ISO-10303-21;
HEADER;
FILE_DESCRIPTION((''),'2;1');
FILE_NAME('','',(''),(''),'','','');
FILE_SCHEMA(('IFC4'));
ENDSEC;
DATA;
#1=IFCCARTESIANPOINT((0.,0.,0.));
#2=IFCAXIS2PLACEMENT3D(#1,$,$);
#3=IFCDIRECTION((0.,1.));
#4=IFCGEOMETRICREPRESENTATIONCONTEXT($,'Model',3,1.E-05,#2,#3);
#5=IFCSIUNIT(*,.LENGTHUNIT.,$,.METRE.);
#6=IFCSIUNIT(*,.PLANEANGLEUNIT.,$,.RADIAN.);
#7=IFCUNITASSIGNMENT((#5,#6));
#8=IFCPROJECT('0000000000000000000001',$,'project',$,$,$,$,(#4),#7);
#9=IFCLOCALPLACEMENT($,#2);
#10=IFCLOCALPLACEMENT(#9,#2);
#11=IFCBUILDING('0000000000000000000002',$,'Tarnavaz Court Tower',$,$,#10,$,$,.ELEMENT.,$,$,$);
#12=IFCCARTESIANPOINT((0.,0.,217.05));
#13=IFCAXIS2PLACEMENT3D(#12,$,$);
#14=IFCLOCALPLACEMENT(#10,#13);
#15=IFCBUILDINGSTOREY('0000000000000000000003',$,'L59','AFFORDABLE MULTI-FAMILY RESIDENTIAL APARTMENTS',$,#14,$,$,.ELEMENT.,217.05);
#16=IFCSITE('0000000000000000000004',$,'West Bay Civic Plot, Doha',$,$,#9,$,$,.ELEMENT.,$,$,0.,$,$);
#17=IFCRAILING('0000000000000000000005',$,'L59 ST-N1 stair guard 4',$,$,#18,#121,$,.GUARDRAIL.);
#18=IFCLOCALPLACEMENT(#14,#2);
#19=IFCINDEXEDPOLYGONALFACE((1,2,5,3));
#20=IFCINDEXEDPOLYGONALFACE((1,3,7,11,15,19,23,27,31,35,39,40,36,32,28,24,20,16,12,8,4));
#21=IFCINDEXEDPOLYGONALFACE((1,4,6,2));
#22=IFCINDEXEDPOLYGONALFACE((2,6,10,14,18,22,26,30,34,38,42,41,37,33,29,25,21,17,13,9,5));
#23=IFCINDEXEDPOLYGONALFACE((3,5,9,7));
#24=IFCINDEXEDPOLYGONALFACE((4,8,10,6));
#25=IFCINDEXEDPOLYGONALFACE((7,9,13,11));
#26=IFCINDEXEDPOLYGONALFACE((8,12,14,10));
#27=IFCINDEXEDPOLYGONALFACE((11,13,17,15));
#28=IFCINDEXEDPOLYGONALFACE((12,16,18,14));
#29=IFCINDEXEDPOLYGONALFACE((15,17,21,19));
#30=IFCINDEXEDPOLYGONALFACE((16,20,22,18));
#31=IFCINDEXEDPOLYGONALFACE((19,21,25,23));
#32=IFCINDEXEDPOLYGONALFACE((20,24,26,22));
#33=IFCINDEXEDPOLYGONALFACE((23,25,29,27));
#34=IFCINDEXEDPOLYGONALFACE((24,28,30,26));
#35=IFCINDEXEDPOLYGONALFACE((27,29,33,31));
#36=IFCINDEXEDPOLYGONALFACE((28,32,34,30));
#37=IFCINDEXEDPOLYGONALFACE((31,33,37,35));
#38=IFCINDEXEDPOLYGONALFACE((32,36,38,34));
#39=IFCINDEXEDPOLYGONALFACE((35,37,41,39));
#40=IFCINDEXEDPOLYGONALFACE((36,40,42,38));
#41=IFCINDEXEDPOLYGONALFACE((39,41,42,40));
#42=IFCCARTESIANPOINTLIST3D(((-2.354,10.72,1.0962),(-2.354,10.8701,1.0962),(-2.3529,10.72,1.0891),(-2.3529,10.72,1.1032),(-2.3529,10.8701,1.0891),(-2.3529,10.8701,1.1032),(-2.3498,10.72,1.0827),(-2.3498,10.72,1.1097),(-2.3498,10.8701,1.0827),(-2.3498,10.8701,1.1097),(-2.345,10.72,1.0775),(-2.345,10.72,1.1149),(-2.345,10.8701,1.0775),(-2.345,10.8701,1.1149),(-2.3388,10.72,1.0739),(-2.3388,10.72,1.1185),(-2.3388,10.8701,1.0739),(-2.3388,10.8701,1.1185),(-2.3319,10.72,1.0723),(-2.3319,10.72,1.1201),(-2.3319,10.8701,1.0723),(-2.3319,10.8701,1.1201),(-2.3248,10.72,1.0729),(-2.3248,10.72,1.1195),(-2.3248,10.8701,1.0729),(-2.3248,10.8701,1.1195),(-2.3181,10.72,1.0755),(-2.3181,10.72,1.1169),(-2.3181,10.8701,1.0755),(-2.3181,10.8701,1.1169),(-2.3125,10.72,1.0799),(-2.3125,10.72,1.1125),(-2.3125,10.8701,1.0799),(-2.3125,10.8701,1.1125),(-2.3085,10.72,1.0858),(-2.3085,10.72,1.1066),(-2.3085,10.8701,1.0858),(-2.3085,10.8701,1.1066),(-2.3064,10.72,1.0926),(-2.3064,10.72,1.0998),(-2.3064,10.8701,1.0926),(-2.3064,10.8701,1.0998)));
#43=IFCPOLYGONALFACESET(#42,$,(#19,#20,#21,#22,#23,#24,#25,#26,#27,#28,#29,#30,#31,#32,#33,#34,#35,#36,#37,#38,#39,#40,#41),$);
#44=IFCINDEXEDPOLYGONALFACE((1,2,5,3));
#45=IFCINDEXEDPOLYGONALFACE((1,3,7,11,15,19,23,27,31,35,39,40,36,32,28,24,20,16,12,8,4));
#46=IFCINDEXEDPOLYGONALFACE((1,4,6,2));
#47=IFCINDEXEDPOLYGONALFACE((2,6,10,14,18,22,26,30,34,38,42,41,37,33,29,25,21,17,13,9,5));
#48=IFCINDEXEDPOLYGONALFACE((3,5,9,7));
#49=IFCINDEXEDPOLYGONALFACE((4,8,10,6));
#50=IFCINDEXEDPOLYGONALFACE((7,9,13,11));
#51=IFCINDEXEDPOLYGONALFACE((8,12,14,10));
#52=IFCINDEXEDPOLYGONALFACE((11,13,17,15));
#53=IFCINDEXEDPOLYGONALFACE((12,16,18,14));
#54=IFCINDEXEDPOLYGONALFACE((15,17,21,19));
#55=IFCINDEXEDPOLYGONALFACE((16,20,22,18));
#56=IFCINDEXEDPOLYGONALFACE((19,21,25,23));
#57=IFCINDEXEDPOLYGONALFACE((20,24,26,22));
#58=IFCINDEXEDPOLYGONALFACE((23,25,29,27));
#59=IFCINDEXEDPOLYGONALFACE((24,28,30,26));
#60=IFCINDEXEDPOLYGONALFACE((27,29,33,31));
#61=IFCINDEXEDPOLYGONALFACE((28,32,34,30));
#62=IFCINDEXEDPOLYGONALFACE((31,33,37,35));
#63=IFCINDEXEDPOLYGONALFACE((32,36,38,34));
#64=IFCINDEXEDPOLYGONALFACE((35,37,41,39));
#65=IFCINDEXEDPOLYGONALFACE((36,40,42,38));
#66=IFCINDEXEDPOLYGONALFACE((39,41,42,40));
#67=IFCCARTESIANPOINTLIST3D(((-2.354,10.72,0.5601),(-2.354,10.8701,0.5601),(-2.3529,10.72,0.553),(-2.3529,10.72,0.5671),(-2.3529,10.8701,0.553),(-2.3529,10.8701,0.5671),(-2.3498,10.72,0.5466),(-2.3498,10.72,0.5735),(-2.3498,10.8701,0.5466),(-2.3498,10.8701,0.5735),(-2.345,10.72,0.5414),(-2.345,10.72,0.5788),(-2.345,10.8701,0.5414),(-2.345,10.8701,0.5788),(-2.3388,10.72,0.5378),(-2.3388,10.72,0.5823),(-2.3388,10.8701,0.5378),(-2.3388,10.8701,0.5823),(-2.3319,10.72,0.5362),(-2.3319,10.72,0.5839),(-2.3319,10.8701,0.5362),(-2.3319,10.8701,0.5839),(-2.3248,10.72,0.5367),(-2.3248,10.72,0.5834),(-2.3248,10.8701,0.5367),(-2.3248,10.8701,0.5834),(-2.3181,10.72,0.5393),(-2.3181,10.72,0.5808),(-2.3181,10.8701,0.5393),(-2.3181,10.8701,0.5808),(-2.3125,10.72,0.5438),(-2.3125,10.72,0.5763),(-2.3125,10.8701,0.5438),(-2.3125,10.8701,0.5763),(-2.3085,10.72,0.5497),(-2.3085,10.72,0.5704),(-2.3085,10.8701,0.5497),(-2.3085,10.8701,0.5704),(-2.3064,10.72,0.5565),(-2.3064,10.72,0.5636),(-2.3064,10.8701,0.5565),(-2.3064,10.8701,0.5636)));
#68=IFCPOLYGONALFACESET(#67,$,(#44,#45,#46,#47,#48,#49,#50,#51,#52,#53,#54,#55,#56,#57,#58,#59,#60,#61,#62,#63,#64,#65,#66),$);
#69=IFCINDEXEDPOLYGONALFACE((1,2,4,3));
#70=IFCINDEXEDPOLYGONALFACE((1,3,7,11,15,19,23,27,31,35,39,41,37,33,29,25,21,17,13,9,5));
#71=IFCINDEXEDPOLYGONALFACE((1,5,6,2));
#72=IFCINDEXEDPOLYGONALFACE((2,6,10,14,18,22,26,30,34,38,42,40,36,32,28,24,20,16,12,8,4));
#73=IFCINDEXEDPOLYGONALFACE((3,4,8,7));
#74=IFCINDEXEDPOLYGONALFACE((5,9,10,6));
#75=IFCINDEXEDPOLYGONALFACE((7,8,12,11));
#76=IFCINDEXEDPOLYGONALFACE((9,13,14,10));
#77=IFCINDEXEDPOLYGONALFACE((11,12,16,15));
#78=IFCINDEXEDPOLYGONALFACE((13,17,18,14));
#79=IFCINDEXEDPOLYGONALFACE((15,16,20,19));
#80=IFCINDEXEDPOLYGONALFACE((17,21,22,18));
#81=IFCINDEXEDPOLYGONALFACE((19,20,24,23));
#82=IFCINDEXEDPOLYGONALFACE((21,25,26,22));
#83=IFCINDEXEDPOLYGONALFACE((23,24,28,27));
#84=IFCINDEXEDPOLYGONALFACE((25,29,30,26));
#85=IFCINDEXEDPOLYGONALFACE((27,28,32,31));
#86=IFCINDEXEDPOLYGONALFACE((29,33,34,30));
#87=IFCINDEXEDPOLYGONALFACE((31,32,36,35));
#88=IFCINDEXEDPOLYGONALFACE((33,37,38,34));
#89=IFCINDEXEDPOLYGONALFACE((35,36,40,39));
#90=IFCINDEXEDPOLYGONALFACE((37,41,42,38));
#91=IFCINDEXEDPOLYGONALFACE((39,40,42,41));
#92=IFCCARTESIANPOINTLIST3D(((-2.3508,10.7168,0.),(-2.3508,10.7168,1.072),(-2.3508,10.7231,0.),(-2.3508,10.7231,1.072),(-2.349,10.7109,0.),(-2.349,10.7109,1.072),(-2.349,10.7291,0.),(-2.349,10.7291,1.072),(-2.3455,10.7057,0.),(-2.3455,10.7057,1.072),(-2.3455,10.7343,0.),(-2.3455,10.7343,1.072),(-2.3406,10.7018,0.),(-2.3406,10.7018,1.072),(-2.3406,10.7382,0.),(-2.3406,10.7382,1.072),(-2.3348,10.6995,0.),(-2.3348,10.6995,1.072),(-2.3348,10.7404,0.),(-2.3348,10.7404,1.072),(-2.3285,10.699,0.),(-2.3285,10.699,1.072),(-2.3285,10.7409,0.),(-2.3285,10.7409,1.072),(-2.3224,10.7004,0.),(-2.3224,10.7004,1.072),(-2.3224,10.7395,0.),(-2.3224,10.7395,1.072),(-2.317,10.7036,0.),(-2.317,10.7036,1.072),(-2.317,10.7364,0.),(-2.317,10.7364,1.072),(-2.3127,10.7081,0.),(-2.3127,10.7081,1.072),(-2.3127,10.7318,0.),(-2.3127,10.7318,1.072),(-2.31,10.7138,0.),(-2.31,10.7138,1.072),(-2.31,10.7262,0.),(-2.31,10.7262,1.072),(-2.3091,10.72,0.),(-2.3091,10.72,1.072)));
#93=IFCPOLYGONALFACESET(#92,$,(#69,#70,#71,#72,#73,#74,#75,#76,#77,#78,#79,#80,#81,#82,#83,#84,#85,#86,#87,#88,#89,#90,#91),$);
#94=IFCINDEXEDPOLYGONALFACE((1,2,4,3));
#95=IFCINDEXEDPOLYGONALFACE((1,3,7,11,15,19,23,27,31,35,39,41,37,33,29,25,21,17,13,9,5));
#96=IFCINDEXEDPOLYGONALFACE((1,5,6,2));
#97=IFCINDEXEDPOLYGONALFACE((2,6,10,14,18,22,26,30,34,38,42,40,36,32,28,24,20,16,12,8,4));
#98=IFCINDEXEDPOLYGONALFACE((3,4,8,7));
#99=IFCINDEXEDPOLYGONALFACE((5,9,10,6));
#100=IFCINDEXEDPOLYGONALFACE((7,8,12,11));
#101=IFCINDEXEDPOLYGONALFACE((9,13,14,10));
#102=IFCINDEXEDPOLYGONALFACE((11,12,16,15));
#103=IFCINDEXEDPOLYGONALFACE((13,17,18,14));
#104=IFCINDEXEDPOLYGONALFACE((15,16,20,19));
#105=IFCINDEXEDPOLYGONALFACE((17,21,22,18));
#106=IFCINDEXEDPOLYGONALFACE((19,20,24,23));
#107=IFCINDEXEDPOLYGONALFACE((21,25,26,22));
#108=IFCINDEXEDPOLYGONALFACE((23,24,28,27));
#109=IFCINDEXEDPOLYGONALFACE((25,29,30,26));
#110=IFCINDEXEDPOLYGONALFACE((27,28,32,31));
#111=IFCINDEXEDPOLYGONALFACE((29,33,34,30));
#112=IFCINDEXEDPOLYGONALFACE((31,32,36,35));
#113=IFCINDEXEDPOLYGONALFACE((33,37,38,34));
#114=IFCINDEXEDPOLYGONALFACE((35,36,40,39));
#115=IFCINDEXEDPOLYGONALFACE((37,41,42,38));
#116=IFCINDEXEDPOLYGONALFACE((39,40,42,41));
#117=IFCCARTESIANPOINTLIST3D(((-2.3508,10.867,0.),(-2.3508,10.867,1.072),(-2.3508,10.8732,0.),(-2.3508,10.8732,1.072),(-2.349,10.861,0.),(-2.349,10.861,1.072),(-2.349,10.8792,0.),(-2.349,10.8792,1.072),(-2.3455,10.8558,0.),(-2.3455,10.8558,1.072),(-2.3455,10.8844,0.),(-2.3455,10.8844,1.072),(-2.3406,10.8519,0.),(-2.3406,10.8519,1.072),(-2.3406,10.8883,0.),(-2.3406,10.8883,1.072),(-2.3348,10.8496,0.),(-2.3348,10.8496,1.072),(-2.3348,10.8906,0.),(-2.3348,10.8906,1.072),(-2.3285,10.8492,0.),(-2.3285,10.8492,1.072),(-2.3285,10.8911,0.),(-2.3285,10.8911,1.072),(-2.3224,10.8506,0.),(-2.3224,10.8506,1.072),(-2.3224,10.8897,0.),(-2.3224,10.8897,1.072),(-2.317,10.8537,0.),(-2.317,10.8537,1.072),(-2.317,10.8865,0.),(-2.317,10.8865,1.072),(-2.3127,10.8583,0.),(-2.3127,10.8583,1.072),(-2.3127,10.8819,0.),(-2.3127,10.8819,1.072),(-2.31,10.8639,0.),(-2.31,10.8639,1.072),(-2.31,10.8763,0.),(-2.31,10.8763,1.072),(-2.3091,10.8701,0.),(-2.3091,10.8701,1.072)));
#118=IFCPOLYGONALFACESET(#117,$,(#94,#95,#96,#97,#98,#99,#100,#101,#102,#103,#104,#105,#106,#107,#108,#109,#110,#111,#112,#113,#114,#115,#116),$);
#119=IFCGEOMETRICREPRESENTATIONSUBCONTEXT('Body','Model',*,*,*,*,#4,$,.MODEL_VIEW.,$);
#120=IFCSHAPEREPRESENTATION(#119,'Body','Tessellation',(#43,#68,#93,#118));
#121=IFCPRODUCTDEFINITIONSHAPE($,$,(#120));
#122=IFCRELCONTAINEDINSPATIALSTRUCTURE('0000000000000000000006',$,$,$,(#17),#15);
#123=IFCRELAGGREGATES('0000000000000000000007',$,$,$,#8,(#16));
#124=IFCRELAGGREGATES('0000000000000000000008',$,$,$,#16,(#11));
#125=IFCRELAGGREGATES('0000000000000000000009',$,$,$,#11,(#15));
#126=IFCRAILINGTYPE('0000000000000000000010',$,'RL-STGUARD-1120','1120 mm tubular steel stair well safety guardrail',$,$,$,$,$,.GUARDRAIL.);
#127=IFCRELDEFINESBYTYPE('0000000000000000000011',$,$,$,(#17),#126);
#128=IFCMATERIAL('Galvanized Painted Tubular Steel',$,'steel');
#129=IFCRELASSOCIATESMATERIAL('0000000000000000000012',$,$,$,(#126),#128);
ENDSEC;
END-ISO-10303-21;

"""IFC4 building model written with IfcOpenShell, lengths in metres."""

from ifc_helpers import new_model, si_unit, direction, frame, origin, origin_2d, place, context, subcontext, project, spatial, circle, extrude, material, type_object, element, save


model = new_model("IFC4")

# Units and contexts
model_context = context("Model", 3, precision=1e-05, world=origin(), true_north=direction((0.0, 1.0)))
body_context = subcontext(model_context, "Body", "Model", "MODEL_VIEW")
ifc_project = project(units=[si_unit("LENGTHUNIT", "METRE"), si_unit("PLANEANGLEUNIT", "RADIAN")], contexts=[model_context])

# Site, building, storey
site_placement = place(None, origin())
site = spatial("IfcSite", under=ifc_project, at=site_placement, Name="West Bay Civic Plot, Doha", CompositionType="ELEMENT", RefElevation=0.0)
building_placement = place(site_placement, origin())
building = spatial("IfcBuilding", under=site, at=building_placement, Name="Tarnavaz Court Tower", CompositionType="ELEMENT")
storey_placement = place(building_placement, frame((0.0, 0.0, 217.05)))
storey = spatial("IfcBuildingStorey", under=building, at=storey_placement, Name="L59", Description="AFFORDABLE MULTI-FAMILY RESIDENTIAL APARTMENTS", CompositionType="ELEMENT", Elevation=217.05)

# Railing
ifc_material_1 = material(Name="Galvanized Painted Tubular Steel", Category="steel")
railing_type_1 = type_object("IfcRailingType", Name="RL-STGUARD-1120", Description="1120 mm tubular steel stair well safety guardrail", PredefinedType="GUARDRAIL", material=ifc_material_1)
railing_1_placement = place(storey_placement, frame((-2.3301, 10.72, 0.0)))
element("IfcRailing", 1, at=railing_1_placement, inside=storey, type_object=railing_type_1, Name="L59 ST-N1 stair guard 4", PredefinedType="GUARDRAIL", context=body_context, shape_type="SweptSolid", body=[
    extrude(circle(Radius=0.0239, at=origin_2d()), frame((0.0, 0.0, 1.0962), z_axis=(0.0, 1.0, 0.0), x_axis=(-1.0, 0.0, 0.0)), (0.0, 0.0, 1.0), 0.1501),
    extrude(circle(Radius=0.0239, at=origin_2d()), frame((0.0, 0.0, 0.5601), z_axis=(0.0, 1.0, 0.0), x_axis=(-1.0, 0.0, 0.0)), (0.0, 0.0, 1.0), 0.1501),
    extrude(circle(Radius=0.021, at=origin_2d()), origin(), (0.0, 0.0, 1.0), 1.072),
    extrude(circle(Radius=0.021, at=origin_2d()), frame((0.0, 0.1501, 0.0)), (0.0, 0.0, 1.0), 1.072),
])

save(model, "model.ifc")
